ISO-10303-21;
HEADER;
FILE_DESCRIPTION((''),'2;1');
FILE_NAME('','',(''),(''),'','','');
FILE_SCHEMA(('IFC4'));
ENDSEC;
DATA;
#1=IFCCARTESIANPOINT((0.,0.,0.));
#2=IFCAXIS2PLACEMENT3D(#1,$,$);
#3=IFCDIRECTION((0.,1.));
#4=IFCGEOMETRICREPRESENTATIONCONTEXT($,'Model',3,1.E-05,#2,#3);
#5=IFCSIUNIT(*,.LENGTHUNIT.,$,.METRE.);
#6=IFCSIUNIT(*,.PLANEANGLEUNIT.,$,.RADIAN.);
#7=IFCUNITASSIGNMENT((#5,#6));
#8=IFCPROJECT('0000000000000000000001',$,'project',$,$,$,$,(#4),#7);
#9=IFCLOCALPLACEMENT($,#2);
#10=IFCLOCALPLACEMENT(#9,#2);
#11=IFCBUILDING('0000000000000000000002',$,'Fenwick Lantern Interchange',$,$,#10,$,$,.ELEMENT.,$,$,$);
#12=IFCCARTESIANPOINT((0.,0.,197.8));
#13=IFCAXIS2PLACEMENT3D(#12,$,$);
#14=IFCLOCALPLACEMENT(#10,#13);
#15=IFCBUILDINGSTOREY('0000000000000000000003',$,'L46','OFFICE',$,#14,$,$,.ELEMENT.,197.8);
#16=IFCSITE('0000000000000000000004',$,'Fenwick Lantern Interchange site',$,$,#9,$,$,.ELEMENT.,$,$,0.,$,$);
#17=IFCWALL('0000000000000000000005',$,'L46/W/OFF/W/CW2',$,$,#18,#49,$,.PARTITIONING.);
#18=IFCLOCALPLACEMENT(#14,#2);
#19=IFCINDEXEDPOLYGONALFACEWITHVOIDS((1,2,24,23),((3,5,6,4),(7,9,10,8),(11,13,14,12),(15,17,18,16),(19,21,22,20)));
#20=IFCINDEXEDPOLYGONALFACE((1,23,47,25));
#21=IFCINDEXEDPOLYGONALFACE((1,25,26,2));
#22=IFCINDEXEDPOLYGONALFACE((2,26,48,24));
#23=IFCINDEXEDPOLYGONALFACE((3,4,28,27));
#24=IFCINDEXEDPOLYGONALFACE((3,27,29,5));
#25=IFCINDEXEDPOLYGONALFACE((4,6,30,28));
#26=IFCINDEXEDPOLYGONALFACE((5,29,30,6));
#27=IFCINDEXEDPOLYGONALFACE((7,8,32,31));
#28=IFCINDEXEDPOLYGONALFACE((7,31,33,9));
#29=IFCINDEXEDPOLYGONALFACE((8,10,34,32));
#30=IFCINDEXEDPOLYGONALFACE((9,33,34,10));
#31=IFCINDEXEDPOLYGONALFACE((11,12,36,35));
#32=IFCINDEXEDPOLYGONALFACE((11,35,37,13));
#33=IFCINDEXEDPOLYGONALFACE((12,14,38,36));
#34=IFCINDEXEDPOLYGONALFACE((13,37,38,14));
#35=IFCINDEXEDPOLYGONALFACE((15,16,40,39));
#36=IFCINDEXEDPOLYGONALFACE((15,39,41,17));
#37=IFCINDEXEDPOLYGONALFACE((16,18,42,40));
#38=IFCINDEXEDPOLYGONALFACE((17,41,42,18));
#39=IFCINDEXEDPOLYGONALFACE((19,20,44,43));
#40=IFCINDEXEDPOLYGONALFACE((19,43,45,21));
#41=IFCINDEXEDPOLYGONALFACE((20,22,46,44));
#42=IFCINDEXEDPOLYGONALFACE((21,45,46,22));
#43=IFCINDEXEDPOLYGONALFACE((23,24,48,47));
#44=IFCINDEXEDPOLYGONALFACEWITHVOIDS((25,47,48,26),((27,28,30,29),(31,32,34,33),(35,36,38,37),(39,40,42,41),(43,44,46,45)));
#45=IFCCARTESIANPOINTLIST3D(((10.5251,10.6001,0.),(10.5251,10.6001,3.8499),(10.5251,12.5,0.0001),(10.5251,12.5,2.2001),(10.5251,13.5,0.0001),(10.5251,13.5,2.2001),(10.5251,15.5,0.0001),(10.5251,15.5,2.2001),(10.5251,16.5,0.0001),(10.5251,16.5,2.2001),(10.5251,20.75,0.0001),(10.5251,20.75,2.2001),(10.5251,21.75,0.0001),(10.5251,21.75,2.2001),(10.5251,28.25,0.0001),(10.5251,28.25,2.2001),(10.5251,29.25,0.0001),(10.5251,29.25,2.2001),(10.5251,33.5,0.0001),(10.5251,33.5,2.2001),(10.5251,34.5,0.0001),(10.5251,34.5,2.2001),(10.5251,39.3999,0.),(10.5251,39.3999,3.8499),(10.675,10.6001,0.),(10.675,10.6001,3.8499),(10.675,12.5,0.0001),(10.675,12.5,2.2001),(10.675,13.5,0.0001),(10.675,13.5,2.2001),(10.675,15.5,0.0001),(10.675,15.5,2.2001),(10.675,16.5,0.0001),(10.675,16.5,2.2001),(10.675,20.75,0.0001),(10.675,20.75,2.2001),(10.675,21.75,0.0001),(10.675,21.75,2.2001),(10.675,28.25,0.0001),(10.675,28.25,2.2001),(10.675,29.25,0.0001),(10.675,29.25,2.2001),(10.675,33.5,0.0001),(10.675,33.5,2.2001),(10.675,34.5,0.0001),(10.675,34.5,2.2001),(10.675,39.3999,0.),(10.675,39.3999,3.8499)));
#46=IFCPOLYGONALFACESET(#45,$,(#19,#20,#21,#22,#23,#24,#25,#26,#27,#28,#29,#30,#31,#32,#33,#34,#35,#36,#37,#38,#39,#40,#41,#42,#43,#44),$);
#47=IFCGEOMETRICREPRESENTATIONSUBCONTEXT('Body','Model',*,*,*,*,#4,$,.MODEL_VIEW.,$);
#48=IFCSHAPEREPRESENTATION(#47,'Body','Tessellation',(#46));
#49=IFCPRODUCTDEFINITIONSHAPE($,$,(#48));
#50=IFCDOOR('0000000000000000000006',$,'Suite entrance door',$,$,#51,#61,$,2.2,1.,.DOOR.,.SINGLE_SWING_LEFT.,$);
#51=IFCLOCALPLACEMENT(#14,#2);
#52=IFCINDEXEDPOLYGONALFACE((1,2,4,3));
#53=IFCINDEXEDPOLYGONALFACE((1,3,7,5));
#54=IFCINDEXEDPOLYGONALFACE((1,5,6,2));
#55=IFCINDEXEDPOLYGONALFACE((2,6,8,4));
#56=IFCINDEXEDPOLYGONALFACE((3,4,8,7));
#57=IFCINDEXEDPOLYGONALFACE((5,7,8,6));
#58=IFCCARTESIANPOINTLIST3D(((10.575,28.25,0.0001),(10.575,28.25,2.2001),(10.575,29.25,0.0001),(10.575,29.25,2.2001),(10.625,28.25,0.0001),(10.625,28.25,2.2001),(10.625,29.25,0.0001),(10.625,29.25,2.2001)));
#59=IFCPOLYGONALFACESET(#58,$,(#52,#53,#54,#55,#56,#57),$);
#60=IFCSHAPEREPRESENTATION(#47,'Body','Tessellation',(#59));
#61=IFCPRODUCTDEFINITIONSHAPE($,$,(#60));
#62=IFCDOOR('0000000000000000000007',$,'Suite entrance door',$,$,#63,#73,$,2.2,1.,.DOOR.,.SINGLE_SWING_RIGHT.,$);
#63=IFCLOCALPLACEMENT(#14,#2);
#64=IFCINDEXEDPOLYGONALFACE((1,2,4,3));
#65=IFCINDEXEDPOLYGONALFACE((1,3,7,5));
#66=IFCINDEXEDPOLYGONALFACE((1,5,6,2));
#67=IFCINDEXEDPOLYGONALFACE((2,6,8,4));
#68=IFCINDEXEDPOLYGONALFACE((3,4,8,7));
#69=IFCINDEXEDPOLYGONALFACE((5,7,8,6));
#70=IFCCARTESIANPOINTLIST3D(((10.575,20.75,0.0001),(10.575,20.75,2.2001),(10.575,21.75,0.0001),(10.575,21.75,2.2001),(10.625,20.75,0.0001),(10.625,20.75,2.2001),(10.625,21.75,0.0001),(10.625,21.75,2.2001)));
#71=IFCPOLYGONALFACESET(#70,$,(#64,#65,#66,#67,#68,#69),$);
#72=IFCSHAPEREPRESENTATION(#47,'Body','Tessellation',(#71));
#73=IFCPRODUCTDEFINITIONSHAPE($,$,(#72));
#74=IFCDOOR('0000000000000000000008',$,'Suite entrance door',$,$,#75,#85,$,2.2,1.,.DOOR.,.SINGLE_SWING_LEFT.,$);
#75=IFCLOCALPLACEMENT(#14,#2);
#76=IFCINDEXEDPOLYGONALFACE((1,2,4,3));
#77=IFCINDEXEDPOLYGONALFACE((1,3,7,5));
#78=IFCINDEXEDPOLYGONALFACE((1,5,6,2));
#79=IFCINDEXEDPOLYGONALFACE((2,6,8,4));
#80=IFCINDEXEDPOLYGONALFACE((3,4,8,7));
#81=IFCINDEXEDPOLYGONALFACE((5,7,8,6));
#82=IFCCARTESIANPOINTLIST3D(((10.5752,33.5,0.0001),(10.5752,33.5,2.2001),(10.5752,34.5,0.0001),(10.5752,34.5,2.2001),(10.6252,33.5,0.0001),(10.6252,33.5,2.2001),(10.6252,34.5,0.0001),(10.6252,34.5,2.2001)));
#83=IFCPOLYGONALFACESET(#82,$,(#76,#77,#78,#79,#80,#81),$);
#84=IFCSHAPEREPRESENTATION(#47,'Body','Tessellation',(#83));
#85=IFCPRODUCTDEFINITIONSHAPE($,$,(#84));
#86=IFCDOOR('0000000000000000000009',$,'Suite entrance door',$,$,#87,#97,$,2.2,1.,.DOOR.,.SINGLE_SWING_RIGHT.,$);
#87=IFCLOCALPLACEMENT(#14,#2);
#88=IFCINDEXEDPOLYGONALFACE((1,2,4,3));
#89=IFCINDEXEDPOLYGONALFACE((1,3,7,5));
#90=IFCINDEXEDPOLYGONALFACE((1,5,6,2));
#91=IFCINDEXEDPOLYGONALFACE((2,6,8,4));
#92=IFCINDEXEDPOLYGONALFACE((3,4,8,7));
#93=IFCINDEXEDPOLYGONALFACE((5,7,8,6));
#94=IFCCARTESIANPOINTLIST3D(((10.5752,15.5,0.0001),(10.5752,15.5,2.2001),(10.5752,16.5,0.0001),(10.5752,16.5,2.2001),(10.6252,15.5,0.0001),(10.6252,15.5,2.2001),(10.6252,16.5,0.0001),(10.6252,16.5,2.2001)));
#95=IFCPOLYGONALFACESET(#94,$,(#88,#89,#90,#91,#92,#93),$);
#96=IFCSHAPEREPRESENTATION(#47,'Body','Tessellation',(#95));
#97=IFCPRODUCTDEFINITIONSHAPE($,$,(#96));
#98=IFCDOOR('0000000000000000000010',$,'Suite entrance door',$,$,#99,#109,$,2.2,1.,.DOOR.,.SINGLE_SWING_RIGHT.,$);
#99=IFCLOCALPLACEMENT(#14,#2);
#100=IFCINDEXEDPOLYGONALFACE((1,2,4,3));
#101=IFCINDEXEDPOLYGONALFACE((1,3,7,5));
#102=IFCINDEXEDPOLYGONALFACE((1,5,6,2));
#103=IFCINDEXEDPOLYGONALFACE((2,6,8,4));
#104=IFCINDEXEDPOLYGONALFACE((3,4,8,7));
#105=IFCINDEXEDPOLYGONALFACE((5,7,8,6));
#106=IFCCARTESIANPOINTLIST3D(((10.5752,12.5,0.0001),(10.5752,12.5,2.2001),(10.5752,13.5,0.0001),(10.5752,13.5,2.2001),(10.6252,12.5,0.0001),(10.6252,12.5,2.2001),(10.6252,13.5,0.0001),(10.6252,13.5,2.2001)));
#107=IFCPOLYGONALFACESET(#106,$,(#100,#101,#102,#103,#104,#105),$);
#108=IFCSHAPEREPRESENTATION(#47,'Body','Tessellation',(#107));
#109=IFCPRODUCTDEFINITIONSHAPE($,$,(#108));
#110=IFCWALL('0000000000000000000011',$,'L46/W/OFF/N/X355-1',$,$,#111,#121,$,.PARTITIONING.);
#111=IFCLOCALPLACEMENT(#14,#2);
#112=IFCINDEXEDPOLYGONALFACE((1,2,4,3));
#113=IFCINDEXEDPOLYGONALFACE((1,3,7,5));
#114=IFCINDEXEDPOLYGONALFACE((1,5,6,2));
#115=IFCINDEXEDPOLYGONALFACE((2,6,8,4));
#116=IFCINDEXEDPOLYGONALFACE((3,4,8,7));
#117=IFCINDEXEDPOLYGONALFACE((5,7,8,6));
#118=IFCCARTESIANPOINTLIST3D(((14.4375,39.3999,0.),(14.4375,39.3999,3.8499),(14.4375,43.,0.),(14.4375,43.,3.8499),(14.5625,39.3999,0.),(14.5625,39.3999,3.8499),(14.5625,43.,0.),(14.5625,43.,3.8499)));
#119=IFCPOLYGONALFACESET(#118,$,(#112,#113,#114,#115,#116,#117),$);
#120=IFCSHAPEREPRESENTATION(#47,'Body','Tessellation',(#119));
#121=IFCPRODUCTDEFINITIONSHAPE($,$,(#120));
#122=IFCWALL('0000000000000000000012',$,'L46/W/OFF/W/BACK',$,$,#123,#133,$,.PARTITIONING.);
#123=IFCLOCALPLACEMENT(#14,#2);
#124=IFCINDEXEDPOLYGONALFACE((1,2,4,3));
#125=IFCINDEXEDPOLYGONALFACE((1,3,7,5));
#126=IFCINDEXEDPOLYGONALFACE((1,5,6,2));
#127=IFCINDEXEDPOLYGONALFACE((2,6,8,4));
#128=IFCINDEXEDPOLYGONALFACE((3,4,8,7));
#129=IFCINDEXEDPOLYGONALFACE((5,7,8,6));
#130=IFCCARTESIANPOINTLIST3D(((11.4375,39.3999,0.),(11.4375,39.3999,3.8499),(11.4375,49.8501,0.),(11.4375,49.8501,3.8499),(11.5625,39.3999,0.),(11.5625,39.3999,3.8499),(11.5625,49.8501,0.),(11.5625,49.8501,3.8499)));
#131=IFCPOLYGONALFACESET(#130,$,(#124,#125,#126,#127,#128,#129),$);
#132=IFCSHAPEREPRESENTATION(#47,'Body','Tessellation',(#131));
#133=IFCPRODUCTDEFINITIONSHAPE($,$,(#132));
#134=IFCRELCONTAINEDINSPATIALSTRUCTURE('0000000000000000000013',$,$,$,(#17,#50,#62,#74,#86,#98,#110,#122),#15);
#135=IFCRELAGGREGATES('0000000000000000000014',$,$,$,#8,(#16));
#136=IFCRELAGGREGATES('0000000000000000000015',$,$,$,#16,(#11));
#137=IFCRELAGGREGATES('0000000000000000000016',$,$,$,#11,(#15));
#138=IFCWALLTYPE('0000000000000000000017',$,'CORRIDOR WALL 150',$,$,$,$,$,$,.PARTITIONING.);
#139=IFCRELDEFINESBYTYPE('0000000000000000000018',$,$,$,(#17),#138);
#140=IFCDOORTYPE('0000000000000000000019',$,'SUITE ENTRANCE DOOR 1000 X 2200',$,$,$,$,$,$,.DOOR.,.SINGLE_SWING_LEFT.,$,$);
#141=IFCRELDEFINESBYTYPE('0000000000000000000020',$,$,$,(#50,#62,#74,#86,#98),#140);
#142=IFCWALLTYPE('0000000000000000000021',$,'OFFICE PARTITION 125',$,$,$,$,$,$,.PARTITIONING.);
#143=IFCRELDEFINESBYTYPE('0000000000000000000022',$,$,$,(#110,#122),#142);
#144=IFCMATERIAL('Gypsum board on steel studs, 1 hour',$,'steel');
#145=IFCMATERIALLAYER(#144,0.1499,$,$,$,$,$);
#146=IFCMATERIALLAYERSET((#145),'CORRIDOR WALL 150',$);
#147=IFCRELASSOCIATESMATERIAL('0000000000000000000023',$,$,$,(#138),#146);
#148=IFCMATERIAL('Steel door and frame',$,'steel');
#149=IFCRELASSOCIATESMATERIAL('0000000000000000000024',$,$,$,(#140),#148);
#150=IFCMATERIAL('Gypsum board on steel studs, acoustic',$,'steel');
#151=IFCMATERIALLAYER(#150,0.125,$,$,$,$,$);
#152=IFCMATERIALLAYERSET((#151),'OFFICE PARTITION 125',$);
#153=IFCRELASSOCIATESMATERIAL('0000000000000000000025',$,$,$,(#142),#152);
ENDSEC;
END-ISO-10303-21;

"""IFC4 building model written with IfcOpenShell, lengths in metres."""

from ifc_helpers import new_model, si_unit, direction, frame, frame_2d, origin, place, context, subcontext, project, spatial, rectangle, extrude, material, layer, layer_set, type_object, element, fill, save


model = new_model("IFC4")

# Units and contexts
model_context = context("Model", 3, precision=1e-05, world=origin(), true_north=direction((0.0, 1.0)))
body_context = subcontext(model_context, "Body", "Model", "MODEL_VIEW")
ifc_project = project(units=[si_unit("LENGTHUNIT", "METRE"), si_unit("PLANEANGLEUNIT", "RADIAN")], contexts=[model_context])

# Site, building, storey
site_placement = place(None, origin())
site = spatial("IfcSite", under=ifc_project, at=site_placement, Name="Fenwick Lantern Interchange site", CompositionType="ELEMENT", RefElevation=0.0)
building_placement = place(site_placement, origin())
building = spatial("IfcBuilding", under=site, at=building_placement, Name="Fenwick Lantern Interchange", CompositionType="ELEMENT")
storey_placement = place(building_placement, frame((0.0, 0.0, 197.8)))
storey = spatial("IfcBuildingStorey", under=building, at=storey_placement, Name="L46", Description="OFFICE", CompositionType="ELEMENT", Elevation=197.8)

# Wall, openings, doors
ifc_material_1 = material(Name="Gypsum board on steel studs, 1 hour", Category="steel")
ifc_layer_1 = layer(ifc_material_1, 0.1499)
ifc_layer_set_1 = layer_set([ifc_layer_1], Name="CORRIDOR WALL 150")
wall_type_1 = type_object("IfcWallType", Name="CORRIDOR WALL 150", PredefinedType="PARTITIONING", material=ifc_layer_set_1)
wall_1_placement = place(storey_placement, frame((10.6001, 39.3999, 0.0), z_axis=(0.0, 0.0, 1.0), x_axis=(0.0, -1.0, 0.0)))
wall_1 = element("IfcWall", 1, at=wall_1_placement, inside=storey, type_object=wall_type_1, Name="L46/W/OFF/W/CW2", PredefinedType="PARTITIONING", context=body_context, shape_type="SweptSolid", body=[
    extrude(rectangle(XDim=28.7998, YDim=0.1499, at=frame_2d((14.3999, 0.0))), origin(), (0.0, 0.0, 1.0), 3.8499),
])
opening_1_placement = place(wall_1_placement, frame((10.1499, 0.0, 0.0)))
opening_1 = element("IfcOpeningElement", 2, at=opening_1_placement, cuts=wall_1, PredefinedType="OPENING", context=body_context, shape_type="SweptSolid", body=[
    extrude(rectangle(XDim=1.0, YDim=2.2, at=frame_2d((0.5, 1.1001))), frame((0.0, 0.085, 0.0), z_axis=(0.0, -1.0, 0.0), x_axis=(1.0, 0.0, 0.0)), (0.0, 0.0, 1.0), 0.1699),
])
opening_2_placement = place(wall_1_placement, frame((17.6499, 0.0, 0.0)))
opening_2 = element("IfcOpeningElement", 3, at=opening_2_placement, cuts=wall_1, PredefinedType="OPENING", context=body_context, shape_type="SweptSolid", body=[
    extrude(rectangle(XDim=1.0, YDim=2.2, at=frame_2d((0.5, 1.1001))), frame((0.0, 0.085, 0.0), z_axis=(0.0, -1.0, 0.0), x_axis=(1.0, 0.0, 0.0)), (0.0, 0.0, 1.0), 0.1699),
])
opening_3_placement = place(wall_1_placement, frame((4.8999, 0.0, 0.0)))
opening_3 = element("IfcOpeningElement", 4, at=opening_3_placement, cuts=wall_1, PredefinedType="OPENING", context=body_context, shape_type="SweptSolid", body=[
    extrude(rectangle(XDim=1.0, YDim=2.2, at=frame_2d((0.5, 1.1001))), frame((0.0, 0.085, 0.0), z_axis=(0.0, -1.0, 0.0), x_axis=(1.0, 0.0, 0.0)), (0.0, 0.0, 1.0), 0.1699),
])
opening_4_placement = place(wall_1_placement, frame((22.8999, 0.0, 0.0)))
opening_4 = element("IfcOpeningElement", 5, at=opening_4_placement, cuts=wall_1, PredefinedType="OPENING", context=body_context, shape_type="SweptSolid", body=[
    extrude(rectangle(XDim=1.0, YDim=2.2, at=frame_2d((0.5, 1.1001))), frame((0.0, 0.085, 0.0), z_axis=(0.0, -1.0, 0.0), x_axis=(1.0, 0.0, 0.0)), (0.0, 0.0, 1.0), 0.1699),
])
opening_5_placement = place(wall_1_placement, frame((25.8999, 0.0, 0.0)))
opening_5 = element("IfcOpeningElement", 6, at=opening_5_placement, cuts=wall_1, PredefinedType="OPENING", context=body_context, shape_type="SweptSolid", body=[
    extrude(rectangle(XDim=1.0, YDim=2.2, at=frame_2d((0.5, 1.1001))), frame((0.0, 0.085, 0.0), z_axis=(0.0, -1.0, 0.0), x_axis=(1.0, 0.0, 0.0)), (0.0, 0.0, 1.0), 0.1699),
])
ifc_material_2 = material(Name="Steel door and frame", Category="steel")
door_type = type_object("IfcDoorType", Name="SUITE ENTRANCE DOOR 1000 X 2200", OperationType="SINGLE_SWING_LEFT", PredefinedType="DOOR", material=ifc_material_2)
door_1_placement = place(opening_1_placement, origin())
door_1 = element("IfcDoor", 7, at=door_1_placement, inside=storey, type_object=door_type, Name="Suite entrance door", OperationType="SINGLE_SWING_LEFT", OverallHeight=2.2, OverallWidth=1.0, PredefinedType="DOOR", context=body_context, shape_type="SweptSolid", body=[
    extrude(rectangle(XDim=1.0, YDim=2.2, at=frame_2d((0.5, 1.1001))), frame((0.0, 0.0249, 0.0), z_axis=(0.0, -1.0, 0.0), x_axis=(1.0, 0.0, 0.0)), (0.0, 0.0, 1.0), 0.05),
])
fill(opening_1, door_1)
door_2_placement = place(opening_2_placement, origin())
door_2 = element("IfcDoor", 8, at=door_2_placement, inside=storey, type_object=door_type, Name="Suite entrance door", OperationType="SINGLE_SWING_RIGHT", OverallHeight=2.2, OverallWidth=1.0, PredefinedType="DOOR", context=body_context, shape_type="SweptSolid", body=[
    extrude(rectangle(XDim=1.0, YDim=2.2, at=frame_2d((0.5, 1.1001))), frame((0.0, 0.0249, 0.0), z_axis=(0.0, -1.0, 0.0), x_axis=(1.0, 0.0, 0.0)), (0.0, 0.0, 1.0), 0.05),
])
fill(opening_2, door_2)
door_3_placement = place(opening_3_placement, frame((1.0, 0.0, 0.0), z_axis=(0.0, 0.0, 1.0), x_axis=(-1.0, 0.0, 0.0)))
door_3 = element("IfcDoor", 9, at=door_3_placement, inside=storey, type_object=door_type, Name="Suite entrance door", OperationType="SINGLE_SWING_LEFT", OverallHeight=2.2, OverallWidth=1.0, PredefinedType="DOOR", context=body_context, shape_type="SweptSolid", body=[
    extrude(rectangle(XDim=1.0, YDim=2.2, at=frame_2d((0.5, 1.1001))), frame((0.0, 0.0249, 0.0), z_axis=(0.0, -1.0, 0.0), x_axis=(1.0, 0.0, 0.0)), (0.0, 0.0, 1.0), 0.05),
])
fill(opening_3, door_3)
door_4_placement = place(opening_4_placement, frame((1.0, 0.0, 0.0), z_axis=(0.0, 0.0, 1.0), x_axis=(-1.0, 0.0, 0.0)))
door_4 = element("IfcDoor", 10, at=door_4_placement, inside=storey, type_object=door_type, Name="Suite entrance door", OperationType="SINGLE_SWING_RIGHT", OverallHeight=2.2, OverallWidth=1.0, PredefinedType="DOOR", context=body_context, shape_type="SweptSolid", body=[
    extrude(rectangle(XDim=1.0, YDim=2.2, at=frame_2d((0.5, 1.1001))), frame((0.0, 0.0249, 0.0), z_axis=(0.0, -1.0, 0.0), x_axis=(1.0, 0.0, 0.0)), (0.0, 0.0, 1.0), 0.05),
])
fill(opening_4, door_4)
door_5_placement = place(opening_5_placement, frame((1.0, 0.0, 0.0), z_axis=(0.0, 0.0, 1.0), x_axis=(-1.0, 0.0, 0.0)))
door_5 = element("IfcDoor", 11, at=door_5_placement, inside=storey, type_object=door_type, Name="Suite entrance door", OperationType="SINGLE_SWING_RIGHT", OverallHeight=2.2, OverallWidth=1.0, PredefinedType="DOOR", context=body_context, shape_type="SweptSolid", body=[
    extrude(rectangle(XDim=1.0, YDim=2.2, at=frame_2d((0.5, 1.1001))), frame((0.0, 0.0249, 0.0), z_axis=(0.0, -1.0, 0.0), x_axis=(1.0, 0.0, 0.0)), (0.0, 0.0, 1.0), 0.05),
])
fill(opening_5, door_5)

# Walls
ifc_material_3 = material(Name="Gypsum board on steel studs, acoustic", Category="steel")
ifc_layer_2 = layer(ifc_material_3, 0.125)
ifc_layer_set_2 = layer_set([ifc_layer_2], Name="OFFICE PARTITION 125")
wall_type_2 = type_object("IfcWallType", Name="OFFICE PARTITION 125", PredefinedType="PARTITIONING", material=ifc_layer_set_2)
wall_2_placement = place(storey_placement, frame((14.5, 43.0, 0.0), z_axis=(0.0, 0.0, 1.0), x_axis=(0.0, -1.0, 0.0)))
element("IfcWall", 12, at=wall_2_placement, inside=storey, type_object=wall_type_2, Name="L46/W/OFF/N/X355-1", PredefinedType="PARTITIONING", context=body_context, shape_type="SweptSolid", body=[
    extrude(rectangle(XDim=3.6001, YDim=0.125, at=frame_2d((1.8, 0.0))), origin(), (0.0, 0.0, 1.0), 3.8499),
])
wall_3_placement = place(storey_placement, frame((11.5, 49.8501, 0.0), z_axis=(0.0, 0.0, 1.0), x_axis=(0.0, -1.0, 0.0)))
element("IfcWall", 13, at=wall_3_placement, inside=storey, type_object=wall_type_2, Name="L46/W/OFF/W/BACK", PredefinedType="PARTITIONING", context=body_context, shape_type="SweptSolid", body=[
    extrude(rectangle(XDim=10.4502, YDim=0.125, at=frame_2d((5.2251, 0.0))), origin(), (0.0, 0.0, 1.0), 3.8499),
])

save(model, "model.ifc")
